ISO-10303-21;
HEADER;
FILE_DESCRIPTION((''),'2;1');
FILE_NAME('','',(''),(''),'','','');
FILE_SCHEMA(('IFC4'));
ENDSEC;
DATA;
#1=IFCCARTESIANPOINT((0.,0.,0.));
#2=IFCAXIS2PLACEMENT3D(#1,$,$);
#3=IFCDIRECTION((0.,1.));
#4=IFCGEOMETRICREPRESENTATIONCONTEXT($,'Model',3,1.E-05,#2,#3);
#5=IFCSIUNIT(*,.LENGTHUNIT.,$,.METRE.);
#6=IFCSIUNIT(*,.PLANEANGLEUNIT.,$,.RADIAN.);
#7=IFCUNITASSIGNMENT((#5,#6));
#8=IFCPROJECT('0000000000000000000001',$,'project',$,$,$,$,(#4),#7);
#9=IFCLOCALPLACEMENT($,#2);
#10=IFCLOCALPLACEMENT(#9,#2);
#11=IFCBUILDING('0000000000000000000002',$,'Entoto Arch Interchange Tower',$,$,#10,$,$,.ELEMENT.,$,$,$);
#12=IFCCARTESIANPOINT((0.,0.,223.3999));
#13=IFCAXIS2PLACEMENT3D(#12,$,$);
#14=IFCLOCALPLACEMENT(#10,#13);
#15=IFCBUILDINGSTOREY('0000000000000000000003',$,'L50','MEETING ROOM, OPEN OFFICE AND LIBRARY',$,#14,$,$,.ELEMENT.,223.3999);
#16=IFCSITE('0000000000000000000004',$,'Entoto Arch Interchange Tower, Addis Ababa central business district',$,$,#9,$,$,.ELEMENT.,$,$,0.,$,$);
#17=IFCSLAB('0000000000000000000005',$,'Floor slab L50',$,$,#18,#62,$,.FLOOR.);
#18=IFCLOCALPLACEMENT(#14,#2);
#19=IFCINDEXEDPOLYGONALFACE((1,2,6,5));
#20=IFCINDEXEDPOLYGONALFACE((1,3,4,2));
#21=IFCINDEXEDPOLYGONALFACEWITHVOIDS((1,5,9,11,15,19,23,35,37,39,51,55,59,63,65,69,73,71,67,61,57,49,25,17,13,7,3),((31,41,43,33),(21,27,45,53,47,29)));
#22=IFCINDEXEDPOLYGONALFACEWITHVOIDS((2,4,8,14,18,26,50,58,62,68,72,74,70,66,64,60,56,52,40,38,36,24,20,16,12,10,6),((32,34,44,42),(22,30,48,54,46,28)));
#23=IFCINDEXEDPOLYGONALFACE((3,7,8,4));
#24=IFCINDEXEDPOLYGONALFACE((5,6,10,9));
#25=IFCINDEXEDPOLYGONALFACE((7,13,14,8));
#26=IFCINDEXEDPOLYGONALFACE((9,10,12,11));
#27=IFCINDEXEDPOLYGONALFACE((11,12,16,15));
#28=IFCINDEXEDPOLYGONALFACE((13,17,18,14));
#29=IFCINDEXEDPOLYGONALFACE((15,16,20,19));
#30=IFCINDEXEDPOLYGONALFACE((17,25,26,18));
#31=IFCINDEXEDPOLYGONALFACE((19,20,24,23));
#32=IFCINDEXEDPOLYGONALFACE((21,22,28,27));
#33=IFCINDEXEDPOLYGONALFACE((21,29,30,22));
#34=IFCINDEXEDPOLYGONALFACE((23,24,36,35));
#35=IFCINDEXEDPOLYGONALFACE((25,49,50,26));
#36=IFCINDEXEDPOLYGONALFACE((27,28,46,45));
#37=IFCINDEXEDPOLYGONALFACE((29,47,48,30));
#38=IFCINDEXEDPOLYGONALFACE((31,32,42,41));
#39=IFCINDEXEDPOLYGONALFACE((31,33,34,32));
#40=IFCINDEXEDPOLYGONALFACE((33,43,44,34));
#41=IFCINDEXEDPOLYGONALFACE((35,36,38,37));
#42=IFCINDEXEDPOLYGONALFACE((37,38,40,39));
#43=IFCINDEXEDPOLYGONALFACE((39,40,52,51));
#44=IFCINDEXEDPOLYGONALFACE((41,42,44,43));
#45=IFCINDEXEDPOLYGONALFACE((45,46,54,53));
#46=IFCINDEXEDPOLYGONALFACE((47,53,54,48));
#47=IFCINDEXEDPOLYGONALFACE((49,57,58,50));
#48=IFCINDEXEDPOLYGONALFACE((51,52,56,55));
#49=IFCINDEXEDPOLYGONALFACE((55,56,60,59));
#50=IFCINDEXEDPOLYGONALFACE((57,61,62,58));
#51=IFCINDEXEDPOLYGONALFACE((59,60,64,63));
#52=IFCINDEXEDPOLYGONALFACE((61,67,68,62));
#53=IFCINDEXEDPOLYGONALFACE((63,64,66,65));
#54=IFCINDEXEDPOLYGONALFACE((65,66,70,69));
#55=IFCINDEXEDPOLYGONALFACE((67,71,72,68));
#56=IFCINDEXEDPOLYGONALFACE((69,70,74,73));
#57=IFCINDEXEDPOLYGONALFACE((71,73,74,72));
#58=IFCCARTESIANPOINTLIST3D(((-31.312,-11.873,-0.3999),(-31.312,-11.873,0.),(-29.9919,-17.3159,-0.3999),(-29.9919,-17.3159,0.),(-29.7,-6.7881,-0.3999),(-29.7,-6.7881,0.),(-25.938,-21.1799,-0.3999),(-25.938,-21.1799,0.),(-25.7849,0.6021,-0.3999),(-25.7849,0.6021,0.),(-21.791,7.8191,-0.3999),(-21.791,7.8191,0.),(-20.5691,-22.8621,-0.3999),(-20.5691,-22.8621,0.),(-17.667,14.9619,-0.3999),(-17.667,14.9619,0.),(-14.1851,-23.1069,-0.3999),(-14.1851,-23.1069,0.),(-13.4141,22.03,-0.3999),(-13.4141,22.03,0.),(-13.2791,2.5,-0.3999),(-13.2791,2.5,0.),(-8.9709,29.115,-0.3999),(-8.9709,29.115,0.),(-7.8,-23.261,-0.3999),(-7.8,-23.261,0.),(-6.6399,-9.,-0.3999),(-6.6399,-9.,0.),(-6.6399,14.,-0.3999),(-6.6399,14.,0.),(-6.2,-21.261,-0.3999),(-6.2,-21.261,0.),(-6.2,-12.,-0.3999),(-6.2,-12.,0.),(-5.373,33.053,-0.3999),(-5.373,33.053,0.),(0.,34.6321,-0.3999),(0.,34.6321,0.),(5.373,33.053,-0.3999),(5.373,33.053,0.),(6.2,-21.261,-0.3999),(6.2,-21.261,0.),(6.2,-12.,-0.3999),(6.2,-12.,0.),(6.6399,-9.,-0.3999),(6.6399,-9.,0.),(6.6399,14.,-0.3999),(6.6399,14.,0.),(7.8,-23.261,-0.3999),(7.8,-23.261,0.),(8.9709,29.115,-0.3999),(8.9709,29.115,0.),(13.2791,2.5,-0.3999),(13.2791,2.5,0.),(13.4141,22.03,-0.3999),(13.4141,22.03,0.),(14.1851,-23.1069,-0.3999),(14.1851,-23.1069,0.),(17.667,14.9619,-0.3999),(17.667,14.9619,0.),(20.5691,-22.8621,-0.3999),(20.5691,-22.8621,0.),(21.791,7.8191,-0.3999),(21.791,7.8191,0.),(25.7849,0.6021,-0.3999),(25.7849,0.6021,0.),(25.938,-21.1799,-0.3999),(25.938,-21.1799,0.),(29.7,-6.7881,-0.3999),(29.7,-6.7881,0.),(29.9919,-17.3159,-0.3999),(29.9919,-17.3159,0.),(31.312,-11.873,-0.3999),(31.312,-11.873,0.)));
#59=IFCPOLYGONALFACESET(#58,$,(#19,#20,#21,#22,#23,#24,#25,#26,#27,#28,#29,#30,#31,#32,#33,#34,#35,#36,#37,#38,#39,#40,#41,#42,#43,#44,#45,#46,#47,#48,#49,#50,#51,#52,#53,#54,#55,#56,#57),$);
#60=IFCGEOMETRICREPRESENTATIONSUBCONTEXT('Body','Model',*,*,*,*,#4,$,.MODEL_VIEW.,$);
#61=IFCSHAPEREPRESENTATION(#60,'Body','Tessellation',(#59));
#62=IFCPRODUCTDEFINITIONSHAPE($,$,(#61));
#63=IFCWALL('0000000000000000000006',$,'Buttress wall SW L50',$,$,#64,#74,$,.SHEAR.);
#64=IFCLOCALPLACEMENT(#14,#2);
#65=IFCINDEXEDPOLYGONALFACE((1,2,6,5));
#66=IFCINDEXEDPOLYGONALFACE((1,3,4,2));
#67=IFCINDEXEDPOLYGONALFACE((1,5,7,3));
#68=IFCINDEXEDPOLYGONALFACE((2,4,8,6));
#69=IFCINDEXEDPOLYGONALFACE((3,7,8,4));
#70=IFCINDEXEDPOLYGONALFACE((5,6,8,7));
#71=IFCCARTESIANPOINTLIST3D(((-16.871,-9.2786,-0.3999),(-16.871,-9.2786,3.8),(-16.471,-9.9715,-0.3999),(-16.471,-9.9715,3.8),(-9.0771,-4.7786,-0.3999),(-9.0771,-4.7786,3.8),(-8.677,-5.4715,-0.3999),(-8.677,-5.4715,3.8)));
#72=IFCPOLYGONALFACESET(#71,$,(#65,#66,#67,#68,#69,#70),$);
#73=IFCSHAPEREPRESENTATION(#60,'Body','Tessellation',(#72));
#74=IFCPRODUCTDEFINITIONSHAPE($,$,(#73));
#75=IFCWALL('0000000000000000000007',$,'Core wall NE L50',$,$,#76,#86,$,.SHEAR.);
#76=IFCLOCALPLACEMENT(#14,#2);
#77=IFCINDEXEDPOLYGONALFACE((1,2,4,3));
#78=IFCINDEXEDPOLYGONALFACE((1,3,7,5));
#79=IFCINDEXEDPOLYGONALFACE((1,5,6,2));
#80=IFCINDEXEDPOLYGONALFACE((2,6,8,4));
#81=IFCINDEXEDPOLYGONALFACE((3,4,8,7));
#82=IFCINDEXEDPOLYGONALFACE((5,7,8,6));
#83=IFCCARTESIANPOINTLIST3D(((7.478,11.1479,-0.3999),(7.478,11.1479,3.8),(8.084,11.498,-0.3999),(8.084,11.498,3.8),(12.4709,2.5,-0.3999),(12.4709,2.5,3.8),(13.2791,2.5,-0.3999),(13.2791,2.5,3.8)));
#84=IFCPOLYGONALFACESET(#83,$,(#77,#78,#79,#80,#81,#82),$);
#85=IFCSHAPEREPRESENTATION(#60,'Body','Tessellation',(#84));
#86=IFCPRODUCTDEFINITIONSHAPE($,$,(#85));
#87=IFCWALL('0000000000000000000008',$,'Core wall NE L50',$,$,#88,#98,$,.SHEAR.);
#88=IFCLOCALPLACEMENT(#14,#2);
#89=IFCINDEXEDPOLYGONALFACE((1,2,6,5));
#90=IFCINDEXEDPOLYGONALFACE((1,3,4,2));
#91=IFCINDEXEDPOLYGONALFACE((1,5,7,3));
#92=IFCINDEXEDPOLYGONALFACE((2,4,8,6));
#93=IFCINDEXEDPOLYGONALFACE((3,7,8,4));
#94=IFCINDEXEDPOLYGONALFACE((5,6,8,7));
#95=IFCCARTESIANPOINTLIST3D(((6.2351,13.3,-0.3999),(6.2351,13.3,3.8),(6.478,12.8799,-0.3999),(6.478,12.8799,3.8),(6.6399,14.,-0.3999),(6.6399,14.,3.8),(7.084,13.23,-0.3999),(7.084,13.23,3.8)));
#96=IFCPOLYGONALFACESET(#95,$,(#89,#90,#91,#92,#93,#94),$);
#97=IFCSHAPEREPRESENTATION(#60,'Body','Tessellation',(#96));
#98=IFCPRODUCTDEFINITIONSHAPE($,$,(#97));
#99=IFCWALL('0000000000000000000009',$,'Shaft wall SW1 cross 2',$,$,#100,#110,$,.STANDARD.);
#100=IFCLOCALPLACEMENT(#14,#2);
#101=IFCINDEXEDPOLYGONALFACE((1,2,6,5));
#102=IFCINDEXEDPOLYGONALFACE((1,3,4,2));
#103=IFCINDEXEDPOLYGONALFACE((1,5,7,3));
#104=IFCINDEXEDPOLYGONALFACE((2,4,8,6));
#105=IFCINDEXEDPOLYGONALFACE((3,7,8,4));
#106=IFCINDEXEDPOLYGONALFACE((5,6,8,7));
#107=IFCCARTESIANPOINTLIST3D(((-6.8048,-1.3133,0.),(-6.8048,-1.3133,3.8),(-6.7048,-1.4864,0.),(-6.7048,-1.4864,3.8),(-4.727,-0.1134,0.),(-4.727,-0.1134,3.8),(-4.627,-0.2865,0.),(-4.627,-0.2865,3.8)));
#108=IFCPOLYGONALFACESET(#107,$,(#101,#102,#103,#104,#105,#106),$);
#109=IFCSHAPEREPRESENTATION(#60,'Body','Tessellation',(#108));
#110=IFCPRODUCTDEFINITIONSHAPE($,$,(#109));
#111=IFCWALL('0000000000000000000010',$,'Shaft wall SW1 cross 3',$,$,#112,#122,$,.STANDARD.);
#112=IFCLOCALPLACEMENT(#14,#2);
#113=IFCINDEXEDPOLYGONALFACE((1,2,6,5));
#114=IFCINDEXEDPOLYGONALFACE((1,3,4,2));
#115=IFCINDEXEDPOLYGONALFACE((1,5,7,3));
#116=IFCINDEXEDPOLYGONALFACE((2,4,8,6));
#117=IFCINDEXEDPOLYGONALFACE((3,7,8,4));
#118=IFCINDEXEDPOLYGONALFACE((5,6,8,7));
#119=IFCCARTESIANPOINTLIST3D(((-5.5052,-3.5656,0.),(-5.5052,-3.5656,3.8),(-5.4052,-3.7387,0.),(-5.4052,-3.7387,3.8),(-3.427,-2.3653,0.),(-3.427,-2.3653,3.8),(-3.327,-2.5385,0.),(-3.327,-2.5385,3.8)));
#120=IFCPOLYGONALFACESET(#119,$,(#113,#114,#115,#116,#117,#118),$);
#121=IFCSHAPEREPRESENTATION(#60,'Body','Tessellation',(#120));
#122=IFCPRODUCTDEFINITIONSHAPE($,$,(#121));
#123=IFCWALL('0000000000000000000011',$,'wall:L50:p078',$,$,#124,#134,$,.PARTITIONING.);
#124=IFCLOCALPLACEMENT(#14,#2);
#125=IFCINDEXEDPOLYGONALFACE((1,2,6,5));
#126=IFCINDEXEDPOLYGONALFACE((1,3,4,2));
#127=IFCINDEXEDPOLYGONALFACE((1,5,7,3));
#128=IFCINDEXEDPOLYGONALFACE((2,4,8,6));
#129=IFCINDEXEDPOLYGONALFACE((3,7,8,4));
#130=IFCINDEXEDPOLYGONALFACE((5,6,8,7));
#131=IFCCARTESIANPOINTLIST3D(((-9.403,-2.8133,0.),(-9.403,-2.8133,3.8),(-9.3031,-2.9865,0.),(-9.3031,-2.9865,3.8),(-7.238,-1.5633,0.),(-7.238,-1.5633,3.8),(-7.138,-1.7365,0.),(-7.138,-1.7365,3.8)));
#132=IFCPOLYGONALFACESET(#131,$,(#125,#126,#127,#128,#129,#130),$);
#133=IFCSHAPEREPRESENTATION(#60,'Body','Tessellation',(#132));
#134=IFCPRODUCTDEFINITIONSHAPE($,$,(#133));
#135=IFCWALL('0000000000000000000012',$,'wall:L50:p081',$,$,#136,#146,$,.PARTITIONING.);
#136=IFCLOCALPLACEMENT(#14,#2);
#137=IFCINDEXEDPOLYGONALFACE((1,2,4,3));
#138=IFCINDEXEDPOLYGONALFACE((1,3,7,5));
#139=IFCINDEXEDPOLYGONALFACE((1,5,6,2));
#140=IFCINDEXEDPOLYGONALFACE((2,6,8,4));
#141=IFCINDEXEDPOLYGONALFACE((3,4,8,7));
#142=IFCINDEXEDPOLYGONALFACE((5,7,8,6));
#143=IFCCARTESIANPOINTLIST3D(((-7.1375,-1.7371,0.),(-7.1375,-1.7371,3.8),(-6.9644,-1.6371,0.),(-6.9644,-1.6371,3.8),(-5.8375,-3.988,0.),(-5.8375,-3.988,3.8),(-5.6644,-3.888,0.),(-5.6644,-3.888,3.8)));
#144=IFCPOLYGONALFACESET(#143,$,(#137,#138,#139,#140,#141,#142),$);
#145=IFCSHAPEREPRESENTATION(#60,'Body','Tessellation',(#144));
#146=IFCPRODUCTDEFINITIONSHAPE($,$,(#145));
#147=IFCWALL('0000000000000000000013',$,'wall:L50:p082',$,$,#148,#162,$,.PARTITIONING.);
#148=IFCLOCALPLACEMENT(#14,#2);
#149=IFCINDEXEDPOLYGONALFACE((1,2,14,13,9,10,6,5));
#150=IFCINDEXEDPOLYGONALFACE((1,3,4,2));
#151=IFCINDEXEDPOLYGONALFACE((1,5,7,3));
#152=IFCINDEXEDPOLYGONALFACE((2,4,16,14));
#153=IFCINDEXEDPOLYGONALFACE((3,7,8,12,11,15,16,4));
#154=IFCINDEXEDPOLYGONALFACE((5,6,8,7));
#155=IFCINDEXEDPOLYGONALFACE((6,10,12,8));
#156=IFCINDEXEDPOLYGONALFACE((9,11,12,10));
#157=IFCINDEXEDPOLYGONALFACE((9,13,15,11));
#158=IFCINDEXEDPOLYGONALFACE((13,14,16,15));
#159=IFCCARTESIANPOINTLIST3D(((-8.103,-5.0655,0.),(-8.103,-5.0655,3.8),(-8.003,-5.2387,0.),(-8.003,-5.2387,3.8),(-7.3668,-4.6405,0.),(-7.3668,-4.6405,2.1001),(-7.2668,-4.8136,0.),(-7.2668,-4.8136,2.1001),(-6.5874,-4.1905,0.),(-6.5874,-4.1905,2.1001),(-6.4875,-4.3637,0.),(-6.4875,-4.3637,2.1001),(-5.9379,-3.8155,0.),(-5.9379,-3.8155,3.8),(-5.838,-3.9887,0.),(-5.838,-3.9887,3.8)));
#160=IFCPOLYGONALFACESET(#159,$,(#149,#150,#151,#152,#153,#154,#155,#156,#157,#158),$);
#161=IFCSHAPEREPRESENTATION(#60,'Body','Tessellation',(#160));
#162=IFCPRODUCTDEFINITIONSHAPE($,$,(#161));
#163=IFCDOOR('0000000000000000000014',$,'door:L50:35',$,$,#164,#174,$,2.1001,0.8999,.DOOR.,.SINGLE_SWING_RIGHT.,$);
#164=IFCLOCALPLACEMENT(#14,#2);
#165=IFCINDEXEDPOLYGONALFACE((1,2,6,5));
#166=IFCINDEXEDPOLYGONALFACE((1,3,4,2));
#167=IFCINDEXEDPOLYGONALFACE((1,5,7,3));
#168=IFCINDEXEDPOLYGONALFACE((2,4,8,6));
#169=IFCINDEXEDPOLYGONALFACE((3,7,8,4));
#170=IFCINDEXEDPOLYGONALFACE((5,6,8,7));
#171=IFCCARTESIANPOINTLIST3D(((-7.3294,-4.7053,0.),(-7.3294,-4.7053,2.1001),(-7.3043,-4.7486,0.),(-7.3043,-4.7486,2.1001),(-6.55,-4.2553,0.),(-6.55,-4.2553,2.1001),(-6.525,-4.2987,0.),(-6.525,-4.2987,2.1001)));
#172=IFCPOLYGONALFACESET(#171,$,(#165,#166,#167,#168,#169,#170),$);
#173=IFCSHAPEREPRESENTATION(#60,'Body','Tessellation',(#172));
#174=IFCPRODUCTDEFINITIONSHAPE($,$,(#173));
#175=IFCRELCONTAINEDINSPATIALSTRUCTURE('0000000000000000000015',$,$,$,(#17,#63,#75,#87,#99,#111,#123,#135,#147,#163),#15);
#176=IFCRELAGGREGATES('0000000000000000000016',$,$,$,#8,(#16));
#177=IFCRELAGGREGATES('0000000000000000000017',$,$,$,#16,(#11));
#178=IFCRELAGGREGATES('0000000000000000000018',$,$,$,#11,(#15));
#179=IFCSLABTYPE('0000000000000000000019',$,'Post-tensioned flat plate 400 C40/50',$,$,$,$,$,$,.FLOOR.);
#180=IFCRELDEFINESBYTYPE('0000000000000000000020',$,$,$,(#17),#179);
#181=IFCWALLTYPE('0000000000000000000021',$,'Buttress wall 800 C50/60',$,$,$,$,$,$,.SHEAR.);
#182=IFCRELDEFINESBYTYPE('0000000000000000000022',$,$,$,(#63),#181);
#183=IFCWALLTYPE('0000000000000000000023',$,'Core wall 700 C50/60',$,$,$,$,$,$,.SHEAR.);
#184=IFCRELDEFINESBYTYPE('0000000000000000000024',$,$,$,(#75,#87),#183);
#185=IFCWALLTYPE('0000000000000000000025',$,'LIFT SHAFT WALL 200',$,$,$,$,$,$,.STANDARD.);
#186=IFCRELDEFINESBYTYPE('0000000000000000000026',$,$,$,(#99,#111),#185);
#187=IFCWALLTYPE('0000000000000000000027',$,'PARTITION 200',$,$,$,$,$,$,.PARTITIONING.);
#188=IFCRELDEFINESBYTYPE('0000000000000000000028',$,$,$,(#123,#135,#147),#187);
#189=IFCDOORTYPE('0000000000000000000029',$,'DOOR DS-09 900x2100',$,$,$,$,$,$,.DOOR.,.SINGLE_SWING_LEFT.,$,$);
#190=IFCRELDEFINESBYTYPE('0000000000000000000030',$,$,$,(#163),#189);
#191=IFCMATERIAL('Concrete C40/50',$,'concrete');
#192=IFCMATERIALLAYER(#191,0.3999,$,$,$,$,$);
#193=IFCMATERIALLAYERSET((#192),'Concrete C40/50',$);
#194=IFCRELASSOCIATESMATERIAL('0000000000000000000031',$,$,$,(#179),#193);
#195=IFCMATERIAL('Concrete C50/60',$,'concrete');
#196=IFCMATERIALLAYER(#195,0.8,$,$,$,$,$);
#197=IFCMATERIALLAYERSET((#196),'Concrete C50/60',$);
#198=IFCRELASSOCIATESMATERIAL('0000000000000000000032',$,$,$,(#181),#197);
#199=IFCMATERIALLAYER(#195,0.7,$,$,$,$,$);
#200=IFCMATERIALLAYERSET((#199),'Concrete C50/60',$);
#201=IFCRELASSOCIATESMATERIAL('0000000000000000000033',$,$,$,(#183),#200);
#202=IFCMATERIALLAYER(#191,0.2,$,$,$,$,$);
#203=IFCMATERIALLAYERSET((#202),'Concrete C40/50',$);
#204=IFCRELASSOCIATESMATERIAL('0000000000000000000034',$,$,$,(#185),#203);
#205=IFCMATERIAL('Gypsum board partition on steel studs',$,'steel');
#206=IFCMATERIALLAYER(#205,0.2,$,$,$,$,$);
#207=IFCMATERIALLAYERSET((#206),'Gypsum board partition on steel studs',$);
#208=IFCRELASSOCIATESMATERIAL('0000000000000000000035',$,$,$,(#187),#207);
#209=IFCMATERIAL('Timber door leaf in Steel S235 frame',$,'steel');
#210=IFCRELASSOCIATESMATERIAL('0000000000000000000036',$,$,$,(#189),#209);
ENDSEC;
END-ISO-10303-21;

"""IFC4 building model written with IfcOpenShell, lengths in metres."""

from ifc_helpers import new_model, si_unit, direction, frame, frame_2d, origin, place, context, subcontext, project, spatial, polyline, rectangle, outline, extrude, material, layer, layer_set, type_object, element, fill, save


model = new_model("IFC4")

# Units and contexts
model_context = context("Model", 3, precision=1e-05, world=origin(), true_north=direction((0.0, 1.0)))
body_context = subcontext(model_context, "Body", "Model", "MODEL_VIEW")
ifc_project = project(units=[si_unit("LENGTHUNIT", "METRE"), si_unit("PLANEANGLEUNIT", "RADIAN")], contexts=[model_context])

# Site, building, storey
site_placement = place(None, origin())
site = spatial("IfcSite", under=ifc_project, at=site_placement, Name="Entoto Arch Interchange Tower, Addis Ababa central business district", CompositionType="ELEMENT", RefElevation=0.0)
building_placement = place(site_placement, origin())
building = spatial("IfcBuilding", under=site, at=building_placement, Name="Entoto Arch Interchange Tower", CompositionType="ELEMENT")
storey_placement = place(building_placement, frame((0.0, 0.0, 223.3999)))
storey = spatial("IfcBuildingStorey", under=building, at=storey_placement, Name="L50", Description="MEETING ROOM, OPEN OFFICE AND LIBRARY", CompositionType="ELEMENT", Elevation=223.3999)

# Slab
ifc_material_1 = material(Name="Concrete C40/50", Category="concrete")
ifc_layer_1 = layer(ifc_material_1, 0.3999)
ifc_layer_set_1 = layer_set([ifc_layer_1], Name="Concrete C40/50")
slab_type = type_object("IfcSlabType", Name="Post-tensioned flat plate 400 C40/50", PredefinedType="FLOOR", material=ifc_layer_set_1)
slab_placement = place(storey_placement, frame((0.0, 0.0, -0.3999)))
element("IfcSlab", 1, at=slab_placement, inside=storey, type_object=slab_type, Name="Floor slab L50", PredefinedType="FLOOR", context=body_context, shape_type="SweptSolid", body=[
    extrude(outline(polyline([(-20.5691, -22.8621), (-14.1851, -23.1069), (-7.8, -23.261), (7.8, -23.261), (14.1851, -23.1069), (20.5691, -22.8621), (25.938, -21.1799), (29.9919, -17.3159), (31.312, -11.873), (29.7, -6.7881), (25.7849, 0.6021), (21.791, 7.8191), (17.667, 14.9619), (13.4141, 22.03), (8.9709, 29.115), (5.373, 33.053), (0.0, 34.6321), (-5.373, 33.053), (-8.9709, 29.115), (-13.4141, 22.03), (-17.667, 14.9619), (-21.791, 7.8191), (-25.7849, 0.6021), (-29.7, -6.7881), (-31.312, -11.873), (-29.9919, -17.3159), (-25.938, -21.1799), (-20.5691, -22.8621)]), holes=[polyline([(6.2, -21.261), (6.2, -12.0), (-6.2, -12.0), (-6.2, -21.261), (6.2, -21.261)]), polyline([(13.2791, 2.5), (6.6399, 14.0), (-6.6399, 14.0), (-13.2791, 2.5), (-6.6399, -9.0), (6.6399, -9.0), (13.2791, 2.5)])]), origin(), (0.0, 0.0, 1.0), 0.3999),
])

# Walls
ifc_material_2 = material(Name="Concrete C50/60", Category="concrete")
ifc_layer_2 = layer(ifc_material_2, 0.8)
ifc_layer_set_2 = layer_set([ifc_layer_2], Name="Concrete C50/60")
wall_type_1 = type_object("IfcWallType", Name="Buttress wall 800 C50/60", PredefinedType="SHEAR", material=ifc_layer_set_2)
wall_1_placement = place(storey_placement, frame((-8.877, -5.125, -0.3999), z_axis=(0.0, 0.0, 1.0), x_axis=(-0.866018, -0.500014, 0.0)))
element("IfcWall", 2, at=wall_1_placement, inside=storey, type_object=wall_type_1, Name="Buttress wall SW L50", PredefinedType="SHEAR", context=body_context, shape_type="SweptSolid", body=[
    extrude(rectangle(XDim=8.9998, YDim=0.8, at=frame_2d((4.5, 0.0))), origin(), (0.0, 0.0, 1.0), 4.2),
])
ifc_layer_3 = layer(ifc_material_2, 0.7)
ifc_layer_set_3 = layer_set([ifc_layer_3], Name="Concrete C50/60")
wall_type_2 = type_object("IfcWallType", Name="Core wall 700 C50/60", PredefinedType="SHEAR", material=ifc_layer_set_3)
wall_2_placement = place(storey_placement, frame((0.0, 0.0, -0.3999)))
element("IfcWall", 3, at=wall_2_placement, inside=storey, type_object=wall_type_2, Name="Core wall NE L50", PredefinedType="SHEAR", context=body_context, shape_type="SweptSolid", body=[
    extrude(outline(polyline([(8.084, 11.498), (7.478, 11.1479), (12.4709, 2.5), (13.2791, 2.5), (8.084, 11.498)])), origin(), (0.0, 0.0, 1.0), 4.2),
])
wall_3_placement = place(storey_placement, frame((0.0, 0.0, -0.3999)))
element("IfcWall", 4, at=wall_3_placement, inside=storey, type_object=wall_type_2, Name="Core wall NE L50", PredefinedType="SHEAR", context=body_context, shape_type="SweptSolid", body=[
    extrude(outline(polyline([(6.478, 12.8799), (7.084, 13.23), (6.6399, 14.0), (6.2351, 13.3), (6.478, 12.8799)])), origin(), (0.0, 0.0, 1.0), 4.2),
])
ifc_layer_4 = layer(ifc_material_1, 0.2)
ifc_layer_set_4 = layer_set([ifc_layer_4], Name="Concrete C40/50")
wall_type_3 = type_object("IfcWallType", Name="LIFT SHAFT WALL 200", PredefinedType="STANDARD", material=ifc_layer_set_4)
wall_4_placement = place(storey_placement, frame((-4.677, -0.2, 0.0), z_axis=(0.0, 0.0, 1.0), x_axis=(-0.865974, -0.500089, 0.0)))
element("IfcWall", 5, at=wall_4_placement, inside=storey, type_object=wall_type_3, Name="Shaft wall SW1 cross 2", PredefinedType="STANDARD", context=body_context, shape_type="SweptSolid", body=[
    extrude(rectangle(XDim=2.3994, YDim=0.2, at=frame_2d((1.1997, 0.0))), origin(), (0.0, 0.0, 1.0), 3.8),
])
wall_5_placement = place(storey_placement, frame((-3.377, -2.4519, 0.0), z_axis=(0.0, 0.0, 1.0), x_axis=(-0.865955, -0.500122, 0.0)))
element("IfcWall", 6, at=wall_5_placement, inside=storey, type_object=wall_type_3, Name="Shaft wall SW1 cross 3", PredefinedType="STANDARD", context=body_context, shape_type="SweptSolid", body=[
    extrude(rectangle(XDim=2.3999, YDim=0.2, at=frame_2d((1.2, 0.0))), origin(), (0.0, 0.0, 1.0), 3.8),
])
ifc_material_3 = material(Name="Gypsum board partition on steel studs", Category="steel")
ifc_layer_5 = layer(ifc_material_3, 0.2)
ifc_layer_set_5 = layer_set([ifc_layer_5], Name="Gypsum board partition on steel studs")
wall_type_4 = type_object("IfcWallType", Name="PARTITION 200", PredefinedType="PARTITIONING", material=ifc_layer_set_5)
wall_6_placement = place(storey_placement, frame((-7.188, -1.6499, 0.0), z_axis=(0.0, 0.0, 1.0), x_axis=(-0.866023, -0.500004, 0.0)))
element("IfcWall", 7, at=wall_6_placement, inside=storey, type_object=wall_type_4, Name="wall:L50:p078", PredefinedType="PARTITIONING", context=body_context, shape_type="SweptSolid", body=[
    extrude(rectangle(XDim=2.5, YDim=0.2, at=frame_2d((1.25, 0.0))), origin(), (0.0, 0.0, 1.0), 3.8),
])
wall_7_placement = place(storey_placement, frame((-7.051, -1.687, 0.0), z_axis=(0.0, 0.0, 1.0), x_axis=(0.500129, -0.865951, 0.0)))
element("IfcWall", 8, at=wall_7_placement, inside=storey, type_object=wall_type_4, Name="wall:L50:p081", PredefinedType="PARTITIONING", context=body_context, shape_type="SweptSolid", body=[
    extrude(rectangle(XDim=2.5994, YDim=0.2, at=frame_2d((1.2998, 0.0))), origin(), (0.0, 0.0, 1.0), 3.8),
])

# Wall, opening, door
wall_8_placement = place(storey_placement, frame((-5.8879, -3.9021, 0.0), z_axis=(0.0, 0.0, 1.0), x_axis=(-0.866023, -0.500004, 0.0)))
wall_8 = element("IfcWall", 9, at=wall_8_placement, inside=storey, type_object=wall_type_4, Name="wall:L50:p082", PredefinedType="PARTITIONING", context=body_context, shape_type="SweptSolid", body=[
    extrude(rectangle(XDim=2.5, YDim=0.2, at=frame_2d((1.25, 0.0))), origin(), (0.0, 0.0, 1.0), 3.8),
])
opening_1_placement = place(wall_8_placement, frame((0.75, 0.0, 0.0)))
opening_1 = element("IfcOpeningElement", 10, at=opening_1_placement, cuts=wall_8, PredefinedType="OPENING", context=body_context, shape_type="SweptSolid", body=[
    extrude(rectangle(XDim=0.8999, YDim=2.1001, at=frame_2d((0.45, 1.05))), frame((0.0, 0.1099, 0.0), z_axis=(0.0, -1.0, 0.0), x_axis=(1.0, 0.0, 0.0)), (0.0, 0.0, 1.0), 0.22),
])
ifc_material_4 = material(Name="Timber door leaf in Steel S235 frame", Category="steel")
door_type_1 = type_object("IfcDoorType", Name="DOOR DS-09 900x2100", OperationType="SINGLE_SWING_LEFT", PredefinedType="DOOR", material=ifc_material_4)
door_1_placement = place(opening_1_placement, origin())
door_1 = element("IfcDoor", 11, at=door_1_placement, inside=storey, type_object=door_type_1, Name="door:L50:35", OperationType="SINGLE_SWING_RIGHT", OverallHeight=2.1001, OverallWidth=0.8999, PredefinedType="DOOR", context=body_context, shape_type="SweptSolid", body=[
    extrude(rectangle(XDim=0.8999, YDim=2.1001, at=frame_2d((0.45, 1.05))), frame((0.0, 0.0249, 0.0), z_axis=(0.0, -1.0, 0.0), x_axis=(1.0, 0.0, 0.0)), (0.0, 0.0, 1.0), 0.05),
])
fill(opening_1, door_1)

save(model, "model.ifc")
